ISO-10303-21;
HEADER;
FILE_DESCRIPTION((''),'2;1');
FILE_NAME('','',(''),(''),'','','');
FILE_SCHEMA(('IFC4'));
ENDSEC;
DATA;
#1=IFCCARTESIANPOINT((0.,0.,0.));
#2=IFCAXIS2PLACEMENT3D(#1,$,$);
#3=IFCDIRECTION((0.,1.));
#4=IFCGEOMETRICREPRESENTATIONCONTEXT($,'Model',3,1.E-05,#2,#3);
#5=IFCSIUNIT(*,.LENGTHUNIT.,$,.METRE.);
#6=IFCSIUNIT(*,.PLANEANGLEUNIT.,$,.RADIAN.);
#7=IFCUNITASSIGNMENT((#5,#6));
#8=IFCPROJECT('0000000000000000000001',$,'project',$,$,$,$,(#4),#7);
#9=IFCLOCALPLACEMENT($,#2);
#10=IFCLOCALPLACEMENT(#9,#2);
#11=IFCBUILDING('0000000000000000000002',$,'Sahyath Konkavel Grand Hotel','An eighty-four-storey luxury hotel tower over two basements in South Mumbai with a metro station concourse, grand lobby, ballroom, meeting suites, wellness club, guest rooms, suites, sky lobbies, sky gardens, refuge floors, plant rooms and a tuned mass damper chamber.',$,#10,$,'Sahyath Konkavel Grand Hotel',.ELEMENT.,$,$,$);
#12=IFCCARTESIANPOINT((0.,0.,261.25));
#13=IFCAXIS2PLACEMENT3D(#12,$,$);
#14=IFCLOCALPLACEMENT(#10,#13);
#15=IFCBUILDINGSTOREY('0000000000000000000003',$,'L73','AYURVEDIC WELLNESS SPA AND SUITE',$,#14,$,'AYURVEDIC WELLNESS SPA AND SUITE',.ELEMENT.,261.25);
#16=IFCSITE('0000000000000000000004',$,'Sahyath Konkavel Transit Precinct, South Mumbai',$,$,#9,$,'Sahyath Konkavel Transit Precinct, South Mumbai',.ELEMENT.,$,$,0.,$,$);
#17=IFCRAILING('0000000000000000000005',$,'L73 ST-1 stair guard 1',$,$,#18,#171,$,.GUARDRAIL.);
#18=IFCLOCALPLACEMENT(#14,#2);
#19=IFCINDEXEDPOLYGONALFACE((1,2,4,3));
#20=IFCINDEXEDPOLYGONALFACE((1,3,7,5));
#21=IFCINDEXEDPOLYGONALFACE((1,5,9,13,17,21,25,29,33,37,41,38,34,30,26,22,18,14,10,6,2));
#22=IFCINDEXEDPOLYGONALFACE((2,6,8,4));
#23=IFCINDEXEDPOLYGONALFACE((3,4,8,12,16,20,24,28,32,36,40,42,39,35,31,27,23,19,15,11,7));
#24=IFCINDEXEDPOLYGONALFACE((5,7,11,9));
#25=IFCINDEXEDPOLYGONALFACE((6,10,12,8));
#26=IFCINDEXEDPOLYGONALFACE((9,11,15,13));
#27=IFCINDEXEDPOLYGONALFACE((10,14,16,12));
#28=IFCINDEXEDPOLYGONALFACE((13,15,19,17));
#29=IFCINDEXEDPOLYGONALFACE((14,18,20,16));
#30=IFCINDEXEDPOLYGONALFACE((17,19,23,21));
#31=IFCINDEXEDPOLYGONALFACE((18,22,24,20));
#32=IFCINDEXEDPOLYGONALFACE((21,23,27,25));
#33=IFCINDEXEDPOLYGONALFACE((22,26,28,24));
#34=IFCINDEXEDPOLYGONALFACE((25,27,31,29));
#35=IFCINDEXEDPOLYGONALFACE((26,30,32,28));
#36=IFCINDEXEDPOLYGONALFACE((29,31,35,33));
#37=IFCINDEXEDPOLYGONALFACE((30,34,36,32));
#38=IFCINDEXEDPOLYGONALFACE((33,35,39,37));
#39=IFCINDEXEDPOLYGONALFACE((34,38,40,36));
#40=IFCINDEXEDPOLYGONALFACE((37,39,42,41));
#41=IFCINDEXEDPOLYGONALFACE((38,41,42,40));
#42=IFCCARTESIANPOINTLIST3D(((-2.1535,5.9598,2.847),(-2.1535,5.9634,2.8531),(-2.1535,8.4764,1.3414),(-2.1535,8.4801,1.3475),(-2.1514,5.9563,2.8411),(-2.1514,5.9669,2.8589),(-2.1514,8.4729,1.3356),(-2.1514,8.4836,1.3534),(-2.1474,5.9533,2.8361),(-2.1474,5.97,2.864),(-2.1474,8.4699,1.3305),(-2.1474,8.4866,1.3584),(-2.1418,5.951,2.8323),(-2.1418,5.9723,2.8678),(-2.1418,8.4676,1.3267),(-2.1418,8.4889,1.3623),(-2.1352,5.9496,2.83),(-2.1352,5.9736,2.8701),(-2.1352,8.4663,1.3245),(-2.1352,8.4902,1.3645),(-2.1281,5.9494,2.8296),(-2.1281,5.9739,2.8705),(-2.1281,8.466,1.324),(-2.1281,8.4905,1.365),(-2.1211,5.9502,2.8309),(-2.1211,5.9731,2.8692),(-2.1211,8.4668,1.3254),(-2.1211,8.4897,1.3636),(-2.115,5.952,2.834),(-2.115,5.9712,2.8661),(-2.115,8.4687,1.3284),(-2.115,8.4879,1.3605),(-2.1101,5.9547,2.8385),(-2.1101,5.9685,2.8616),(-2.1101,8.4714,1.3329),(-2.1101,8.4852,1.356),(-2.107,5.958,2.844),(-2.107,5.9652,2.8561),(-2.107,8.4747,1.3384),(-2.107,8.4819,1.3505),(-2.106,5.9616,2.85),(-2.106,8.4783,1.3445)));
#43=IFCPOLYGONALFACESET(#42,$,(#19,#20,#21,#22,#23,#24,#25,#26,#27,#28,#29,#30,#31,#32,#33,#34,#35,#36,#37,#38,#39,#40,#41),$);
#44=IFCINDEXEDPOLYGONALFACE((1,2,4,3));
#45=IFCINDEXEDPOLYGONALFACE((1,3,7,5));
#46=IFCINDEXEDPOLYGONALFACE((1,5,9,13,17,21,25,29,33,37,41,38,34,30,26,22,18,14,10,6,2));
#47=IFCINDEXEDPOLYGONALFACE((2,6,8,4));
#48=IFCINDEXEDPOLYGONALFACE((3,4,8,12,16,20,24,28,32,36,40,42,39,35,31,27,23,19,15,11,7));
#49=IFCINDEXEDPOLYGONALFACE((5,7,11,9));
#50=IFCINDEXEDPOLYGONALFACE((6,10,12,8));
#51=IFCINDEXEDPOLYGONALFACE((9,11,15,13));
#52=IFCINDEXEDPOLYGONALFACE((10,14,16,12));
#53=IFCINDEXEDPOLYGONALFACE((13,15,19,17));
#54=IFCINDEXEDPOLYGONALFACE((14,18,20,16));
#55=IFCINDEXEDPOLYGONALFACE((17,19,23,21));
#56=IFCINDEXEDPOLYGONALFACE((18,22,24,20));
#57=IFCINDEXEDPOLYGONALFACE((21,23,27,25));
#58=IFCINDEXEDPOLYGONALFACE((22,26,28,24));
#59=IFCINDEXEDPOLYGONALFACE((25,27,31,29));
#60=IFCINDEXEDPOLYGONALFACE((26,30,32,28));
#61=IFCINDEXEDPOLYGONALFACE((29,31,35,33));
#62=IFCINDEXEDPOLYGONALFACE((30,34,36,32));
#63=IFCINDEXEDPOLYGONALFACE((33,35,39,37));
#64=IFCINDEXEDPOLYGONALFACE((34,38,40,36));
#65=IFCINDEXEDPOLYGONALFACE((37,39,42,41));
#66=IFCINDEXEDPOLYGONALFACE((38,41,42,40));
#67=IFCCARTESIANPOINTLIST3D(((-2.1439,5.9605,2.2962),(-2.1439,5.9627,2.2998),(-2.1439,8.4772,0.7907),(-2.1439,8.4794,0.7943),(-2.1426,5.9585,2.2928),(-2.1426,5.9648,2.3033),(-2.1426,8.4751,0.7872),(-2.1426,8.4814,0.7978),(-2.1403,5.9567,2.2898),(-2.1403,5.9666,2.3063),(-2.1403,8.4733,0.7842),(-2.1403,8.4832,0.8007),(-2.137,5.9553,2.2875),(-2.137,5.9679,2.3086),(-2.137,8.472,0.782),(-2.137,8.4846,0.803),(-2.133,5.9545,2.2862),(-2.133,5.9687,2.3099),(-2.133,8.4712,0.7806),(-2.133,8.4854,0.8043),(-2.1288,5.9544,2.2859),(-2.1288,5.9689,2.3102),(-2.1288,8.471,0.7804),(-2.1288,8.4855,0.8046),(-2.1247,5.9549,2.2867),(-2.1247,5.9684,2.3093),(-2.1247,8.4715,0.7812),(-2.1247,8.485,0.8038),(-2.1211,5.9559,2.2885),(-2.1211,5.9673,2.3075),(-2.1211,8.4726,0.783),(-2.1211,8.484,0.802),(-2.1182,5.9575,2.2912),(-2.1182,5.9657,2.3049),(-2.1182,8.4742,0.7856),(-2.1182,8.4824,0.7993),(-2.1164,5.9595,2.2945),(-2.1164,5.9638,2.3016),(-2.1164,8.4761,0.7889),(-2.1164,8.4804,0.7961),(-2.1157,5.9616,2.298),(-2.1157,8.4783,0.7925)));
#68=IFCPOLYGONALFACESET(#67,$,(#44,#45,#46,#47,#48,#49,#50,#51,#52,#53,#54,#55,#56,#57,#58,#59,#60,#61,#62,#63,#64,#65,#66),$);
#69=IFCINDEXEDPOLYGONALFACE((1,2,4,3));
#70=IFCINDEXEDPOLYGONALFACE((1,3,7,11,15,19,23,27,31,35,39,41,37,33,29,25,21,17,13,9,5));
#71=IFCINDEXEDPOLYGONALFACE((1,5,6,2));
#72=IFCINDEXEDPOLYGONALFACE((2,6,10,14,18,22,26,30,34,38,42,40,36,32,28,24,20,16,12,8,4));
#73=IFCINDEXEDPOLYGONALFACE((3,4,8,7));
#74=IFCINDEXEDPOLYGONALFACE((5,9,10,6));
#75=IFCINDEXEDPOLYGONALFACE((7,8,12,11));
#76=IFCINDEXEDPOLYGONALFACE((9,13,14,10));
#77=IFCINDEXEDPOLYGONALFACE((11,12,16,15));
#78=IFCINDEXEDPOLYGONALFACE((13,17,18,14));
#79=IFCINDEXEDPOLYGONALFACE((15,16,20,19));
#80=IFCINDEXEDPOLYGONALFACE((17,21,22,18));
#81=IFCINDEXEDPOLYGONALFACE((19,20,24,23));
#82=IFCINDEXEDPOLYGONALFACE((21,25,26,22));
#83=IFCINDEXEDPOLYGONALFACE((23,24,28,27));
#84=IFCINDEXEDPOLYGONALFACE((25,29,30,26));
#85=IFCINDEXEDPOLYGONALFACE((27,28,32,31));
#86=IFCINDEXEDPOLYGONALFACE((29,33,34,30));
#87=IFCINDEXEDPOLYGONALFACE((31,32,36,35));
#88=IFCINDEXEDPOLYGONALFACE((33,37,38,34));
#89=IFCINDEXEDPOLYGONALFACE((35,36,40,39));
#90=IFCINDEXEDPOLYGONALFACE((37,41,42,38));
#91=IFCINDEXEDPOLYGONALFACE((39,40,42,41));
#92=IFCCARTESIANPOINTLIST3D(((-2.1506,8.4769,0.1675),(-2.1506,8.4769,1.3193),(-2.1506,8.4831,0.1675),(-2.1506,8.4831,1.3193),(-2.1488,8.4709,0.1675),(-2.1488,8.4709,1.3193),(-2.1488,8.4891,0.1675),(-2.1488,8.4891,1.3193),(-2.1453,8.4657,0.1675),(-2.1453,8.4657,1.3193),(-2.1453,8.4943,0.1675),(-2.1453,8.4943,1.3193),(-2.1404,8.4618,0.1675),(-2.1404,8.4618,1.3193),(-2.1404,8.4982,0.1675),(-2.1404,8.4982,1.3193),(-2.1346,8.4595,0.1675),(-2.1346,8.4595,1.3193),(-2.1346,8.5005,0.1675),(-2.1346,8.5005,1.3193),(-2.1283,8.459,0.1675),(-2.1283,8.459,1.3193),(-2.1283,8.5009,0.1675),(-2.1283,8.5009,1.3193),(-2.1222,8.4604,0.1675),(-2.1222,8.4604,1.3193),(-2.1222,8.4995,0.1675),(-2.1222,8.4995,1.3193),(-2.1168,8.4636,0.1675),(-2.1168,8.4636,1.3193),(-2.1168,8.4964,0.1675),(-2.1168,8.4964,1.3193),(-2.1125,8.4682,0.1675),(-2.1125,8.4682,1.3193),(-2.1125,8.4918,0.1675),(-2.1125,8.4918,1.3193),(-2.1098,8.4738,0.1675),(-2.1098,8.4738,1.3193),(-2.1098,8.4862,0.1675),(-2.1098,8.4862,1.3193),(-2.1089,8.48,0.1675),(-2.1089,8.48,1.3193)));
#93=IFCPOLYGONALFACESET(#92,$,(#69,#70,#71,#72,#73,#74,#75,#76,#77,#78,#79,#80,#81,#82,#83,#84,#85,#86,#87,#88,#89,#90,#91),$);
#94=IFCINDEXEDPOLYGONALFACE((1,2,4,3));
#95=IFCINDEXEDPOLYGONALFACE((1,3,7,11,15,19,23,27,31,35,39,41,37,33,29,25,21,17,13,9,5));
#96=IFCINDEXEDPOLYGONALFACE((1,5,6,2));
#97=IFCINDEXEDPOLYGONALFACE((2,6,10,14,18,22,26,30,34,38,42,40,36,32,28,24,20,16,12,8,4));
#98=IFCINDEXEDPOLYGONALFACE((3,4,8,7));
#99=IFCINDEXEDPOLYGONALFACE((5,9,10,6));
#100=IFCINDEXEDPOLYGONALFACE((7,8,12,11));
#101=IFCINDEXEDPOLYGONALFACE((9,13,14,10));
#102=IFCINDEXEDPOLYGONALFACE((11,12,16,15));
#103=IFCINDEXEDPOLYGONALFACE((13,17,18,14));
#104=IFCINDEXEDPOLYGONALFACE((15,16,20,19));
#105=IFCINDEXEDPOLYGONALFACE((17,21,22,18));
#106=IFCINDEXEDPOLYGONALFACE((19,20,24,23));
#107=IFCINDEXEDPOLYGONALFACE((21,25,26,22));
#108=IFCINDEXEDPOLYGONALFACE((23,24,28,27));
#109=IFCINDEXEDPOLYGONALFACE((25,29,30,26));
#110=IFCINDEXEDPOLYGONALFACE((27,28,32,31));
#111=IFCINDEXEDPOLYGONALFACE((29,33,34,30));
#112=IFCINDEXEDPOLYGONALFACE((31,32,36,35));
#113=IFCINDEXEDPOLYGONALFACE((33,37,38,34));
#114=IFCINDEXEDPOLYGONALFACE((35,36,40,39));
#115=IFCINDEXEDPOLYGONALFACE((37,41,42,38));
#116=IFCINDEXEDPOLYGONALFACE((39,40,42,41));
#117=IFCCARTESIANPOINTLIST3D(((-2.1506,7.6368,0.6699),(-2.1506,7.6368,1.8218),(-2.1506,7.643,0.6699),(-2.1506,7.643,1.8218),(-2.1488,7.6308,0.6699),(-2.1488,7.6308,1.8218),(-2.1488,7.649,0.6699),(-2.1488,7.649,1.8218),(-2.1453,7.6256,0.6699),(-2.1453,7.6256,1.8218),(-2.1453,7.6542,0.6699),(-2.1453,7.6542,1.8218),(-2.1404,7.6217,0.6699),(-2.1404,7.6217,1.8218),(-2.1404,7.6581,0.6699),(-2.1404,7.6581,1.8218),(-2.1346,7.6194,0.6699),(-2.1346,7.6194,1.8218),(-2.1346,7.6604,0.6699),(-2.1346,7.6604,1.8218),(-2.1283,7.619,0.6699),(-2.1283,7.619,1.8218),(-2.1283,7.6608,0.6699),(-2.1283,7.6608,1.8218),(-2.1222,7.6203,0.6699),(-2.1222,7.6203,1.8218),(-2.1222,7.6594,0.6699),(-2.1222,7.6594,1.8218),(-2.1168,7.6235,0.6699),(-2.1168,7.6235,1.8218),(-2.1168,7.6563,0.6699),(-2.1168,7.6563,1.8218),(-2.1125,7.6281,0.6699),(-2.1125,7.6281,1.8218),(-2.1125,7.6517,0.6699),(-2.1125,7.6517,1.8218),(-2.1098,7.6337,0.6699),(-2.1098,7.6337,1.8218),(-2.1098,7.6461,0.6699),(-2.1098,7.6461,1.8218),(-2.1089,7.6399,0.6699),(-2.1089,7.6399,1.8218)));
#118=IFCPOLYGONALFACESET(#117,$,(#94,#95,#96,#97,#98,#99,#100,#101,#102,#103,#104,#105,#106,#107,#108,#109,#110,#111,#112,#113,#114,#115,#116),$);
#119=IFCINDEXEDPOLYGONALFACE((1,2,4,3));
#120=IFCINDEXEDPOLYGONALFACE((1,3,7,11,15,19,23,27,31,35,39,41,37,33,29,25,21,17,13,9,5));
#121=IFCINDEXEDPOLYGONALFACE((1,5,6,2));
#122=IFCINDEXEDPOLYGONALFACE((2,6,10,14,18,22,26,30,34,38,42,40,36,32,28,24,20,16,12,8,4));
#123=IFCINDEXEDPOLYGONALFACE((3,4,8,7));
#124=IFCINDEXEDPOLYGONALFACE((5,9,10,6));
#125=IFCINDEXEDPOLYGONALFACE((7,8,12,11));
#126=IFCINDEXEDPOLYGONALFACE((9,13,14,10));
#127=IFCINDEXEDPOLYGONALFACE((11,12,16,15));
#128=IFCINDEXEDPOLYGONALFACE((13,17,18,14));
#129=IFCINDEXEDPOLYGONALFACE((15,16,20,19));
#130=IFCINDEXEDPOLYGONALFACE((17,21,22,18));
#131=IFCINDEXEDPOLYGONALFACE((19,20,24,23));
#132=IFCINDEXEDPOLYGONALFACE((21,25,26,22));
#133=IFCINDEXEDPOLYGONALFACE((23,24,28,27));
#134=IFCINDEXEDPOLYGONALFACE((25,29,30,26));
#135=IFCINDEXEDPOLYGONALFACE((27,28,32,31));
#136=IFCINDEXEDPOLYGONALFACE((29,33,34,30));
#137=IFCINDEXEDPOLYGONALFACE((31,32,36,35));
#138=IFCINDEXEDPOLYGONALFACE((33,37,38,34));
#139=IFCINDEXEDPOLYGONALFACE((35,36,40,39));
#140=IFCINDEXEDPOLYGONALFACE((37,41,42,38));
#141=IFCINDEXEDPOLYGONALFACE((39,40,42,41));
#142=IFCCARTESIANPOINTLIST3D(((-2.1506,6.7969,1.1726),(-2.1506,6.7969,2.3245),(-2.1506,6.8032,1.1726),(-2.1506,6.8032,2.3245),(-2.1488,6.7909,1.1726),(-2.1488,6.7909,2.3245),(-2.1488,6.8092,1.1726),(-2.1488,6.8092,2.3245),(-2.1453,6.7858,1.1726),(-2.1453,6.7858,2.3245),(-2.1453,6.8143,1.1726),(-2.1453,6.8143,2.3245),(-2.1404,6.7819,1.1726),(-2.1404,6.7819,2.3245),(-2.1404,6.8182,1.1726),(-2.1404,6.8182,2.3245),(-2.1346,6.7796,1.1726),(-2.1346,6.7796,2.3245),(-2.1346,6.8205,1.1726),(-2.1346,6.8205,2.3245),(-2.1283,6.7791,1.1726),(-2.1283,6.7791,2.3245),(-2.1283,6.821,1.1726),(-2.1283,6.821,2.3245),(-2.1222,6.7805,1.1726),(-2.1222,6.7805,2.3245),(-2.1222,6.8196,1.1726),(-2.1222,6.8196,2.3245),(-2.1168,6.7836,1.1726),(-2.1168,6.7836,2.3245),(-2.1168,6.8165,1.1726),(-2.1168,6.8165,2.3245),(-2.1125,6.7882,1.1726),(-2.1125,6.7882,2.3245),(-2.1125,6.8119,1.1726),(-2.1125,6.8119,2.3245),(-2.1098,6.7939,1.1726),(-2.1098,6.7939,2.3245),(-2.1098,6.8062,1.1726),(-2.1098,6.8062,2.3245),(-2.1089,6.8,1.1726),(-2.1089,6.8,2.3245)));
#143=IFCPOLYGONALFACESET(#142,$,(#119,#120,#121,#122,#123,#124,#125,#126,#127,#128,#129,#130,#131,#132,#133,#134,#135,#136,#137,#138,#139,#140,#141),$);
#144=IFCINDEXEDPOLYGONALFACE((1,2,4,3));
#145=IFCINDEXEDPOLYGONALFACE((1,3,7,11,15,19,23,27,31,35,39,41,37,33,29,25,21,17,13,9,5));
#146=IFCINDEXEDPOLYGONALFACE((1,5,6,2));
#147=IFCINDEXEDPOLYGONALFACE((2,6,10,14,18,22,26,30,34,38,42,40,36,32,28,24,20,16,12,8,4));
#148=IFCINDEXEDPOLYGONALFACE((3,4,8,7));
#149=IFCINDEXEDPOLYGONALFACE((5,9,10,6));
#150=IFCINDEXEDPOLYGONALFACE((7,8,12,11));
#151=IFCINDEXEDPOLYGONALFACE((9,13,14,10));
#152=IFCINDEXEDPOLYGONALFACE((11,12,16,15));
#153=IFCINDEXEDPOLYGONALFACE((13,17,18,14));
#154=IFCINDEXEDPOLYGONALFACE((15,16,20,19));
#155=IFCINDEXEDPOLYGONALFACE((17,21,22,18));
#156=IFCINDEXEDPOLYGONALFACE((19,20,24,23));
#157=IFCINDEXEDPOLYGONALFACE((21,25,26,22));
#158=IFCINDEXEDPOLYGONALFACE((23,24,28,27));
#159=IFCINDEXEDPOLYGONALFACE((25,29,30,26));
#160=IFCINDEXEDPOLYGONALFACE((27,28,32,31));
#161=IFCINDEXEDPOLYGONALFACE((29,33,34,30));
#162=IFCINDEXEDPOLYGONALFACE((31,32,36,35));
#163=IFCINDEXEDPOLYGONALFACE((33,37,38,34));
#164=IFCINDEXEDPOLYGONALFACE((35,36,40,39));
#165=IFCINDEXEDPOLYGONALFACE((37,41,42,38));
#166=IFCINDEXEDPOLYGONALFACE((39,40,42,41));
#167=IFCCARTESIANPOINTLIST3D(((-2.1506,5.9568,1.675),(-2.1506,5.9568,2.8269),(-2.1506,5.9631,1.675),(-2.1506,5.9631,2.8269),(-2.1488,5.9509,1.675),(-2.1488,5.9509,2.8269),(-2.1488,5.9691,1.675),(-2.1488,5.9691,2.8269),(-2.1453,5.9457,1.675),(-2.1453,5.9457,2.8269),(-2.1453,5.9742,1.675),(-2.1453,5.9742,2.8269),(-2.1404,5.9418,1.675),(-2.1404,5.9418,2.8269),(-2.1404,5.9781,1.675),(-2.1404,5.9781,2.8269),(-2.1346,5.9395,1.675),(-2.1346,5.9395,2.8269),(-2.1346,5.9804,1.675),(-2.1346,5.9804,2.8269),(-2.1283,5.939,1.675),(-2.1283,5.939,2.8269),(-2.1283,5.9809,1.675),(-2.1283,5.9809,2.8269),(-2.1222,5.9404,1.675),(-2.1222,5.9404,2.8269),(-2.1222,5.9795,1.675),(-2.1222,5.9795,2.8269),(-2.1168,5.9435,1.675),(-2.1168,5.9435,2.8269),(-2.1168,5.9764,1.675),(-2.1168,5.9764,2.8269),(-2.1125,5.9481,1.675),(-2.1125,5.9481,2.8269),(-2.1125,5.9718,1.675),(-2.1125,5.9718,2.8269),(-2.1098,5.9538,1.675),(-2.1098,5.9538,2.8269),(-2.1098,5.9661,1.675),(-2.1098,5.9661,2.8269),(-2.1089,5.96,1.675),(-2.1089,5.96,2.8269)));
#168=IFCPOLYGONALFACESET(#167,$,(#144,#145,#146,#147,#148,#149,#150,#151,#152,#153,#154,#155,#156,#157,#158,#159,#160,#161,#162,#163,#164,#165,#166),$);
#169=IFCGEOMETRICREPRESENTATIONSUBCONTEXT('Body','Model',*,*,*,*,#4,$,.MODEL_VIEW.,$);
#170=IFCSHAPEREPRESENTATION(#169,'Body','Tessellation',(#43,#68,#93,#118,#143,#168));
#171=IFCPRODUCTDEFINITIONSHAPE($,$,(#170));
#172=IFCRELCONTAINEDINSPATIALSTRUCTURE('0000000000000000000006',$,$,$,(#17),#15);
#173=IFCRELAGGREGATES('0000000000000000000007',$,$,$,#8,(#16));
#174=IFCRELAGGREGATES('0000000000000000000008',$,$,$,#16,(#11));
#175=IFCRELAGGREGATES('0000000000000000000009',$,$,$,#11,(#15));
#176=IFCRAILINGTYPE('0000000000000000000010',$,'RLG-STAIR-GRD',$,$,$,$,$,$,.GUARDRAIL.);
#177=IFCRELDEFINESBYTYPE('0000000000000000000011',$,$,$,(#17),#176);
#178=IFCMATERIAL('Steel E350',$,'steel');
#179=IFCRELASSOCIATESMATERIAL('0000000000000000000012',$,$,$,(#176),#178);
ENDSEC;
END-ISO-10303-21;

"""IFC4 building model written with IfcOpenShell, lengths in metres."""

from ifc_helpers import new_model, si_unit, direction, frame, origin, origin_2d, place, context, subcontext, project, spatial, circle, extrude, material, type_object, element, save


model = new_model("IFC4")

# Units and contexts
model_context = context("Model", 3, precision=1e-05, world=origin(), true_north=direction((0.0, 1.0)))
body_context = subcontext(model_context, "Body", "Model", "MODEL_VIEW")
ifc_project = project(units=[si_unit("LENGTHUNIT", "METRE"), si_unit("PLANEANGLEUNIT", "RADIAN")], contexts=[model_context])

# Site, building, storey
site_placement = place(None, origin())
site = spatial("IfcSite", under=ifc_project, at=site_placement, Name="Sahyath Konkavel Transit Precinct, South Mumbai", LongName="Sahyath Konkavel Transit Precinct, South Mumbai", CompositionType="ELEMENT", RefElevation=0.0)
building_placement = place(site_placement, origin())
building = spatial("IfcBuilding", under=site, at=building_placement, Name="Sahyath Konkavel Grand Hotel", Description="An eighty-four-storey luxury hotel tower over two basements in South Mumbai with a metro station concourse, grand lobby, ballroom, meeting suites, wellness club, guest rooms, suites, sky lobbies, sky gardens, refuge floors, plant rooms and a tuned mass damper chamber.", LongName="Sahyath Konkavel Grand Hotel", CompositionType="ELEMENT")
storey_placement = place(building_placement, frame((0.0, 0.0, 261.25)))
storey = spatial("IfcBuildingStorey", under=building, at=storey_placement, Name="L73", Description="AYURVEDIC WELLNESS SPA AND SUITE", LongName="AYURVEDIC WELLNESS SPA AND SUITE", CompositionType="ELEMENT", Elevation=261.25)

# Shared definitions
ifc_material_1 = material(Name="Steel E350", Category="steel")

# Railing
railing_type = type_object("IfcRailingType", Name="RLG-STAIR-GRD", PredefinedType="GUARDRAIL", material=ifc_material_1)
railing_1_placement = place(storey_placement, frame((-2.1299, 8.48, 0.1675)))
element("IfcRailing", 1, at=railing_1_placement, inside=storey, type_object=railing_type, Name="L73 ST-1 stair guard 1", PredefinedType="GUARDRAIL", context=body_context, shape_type="SweptSolid", body=[
    extrude(circle(Radius=0.0239, at=origin_2d()), frame((0.0, -0.0017, 1.177), z_axis=(0.0, -0.85816, 0.513383), x_axis=(1.0, 0.0, 0.0)), (0.0, 0.0, 1.0), 2.9326),
    extrude(circle(Radius=0.0142, at=origin_2d()), frame((0.0, -0.0017, 0.625), z_axis=(0.0, -0.85816, 0.513383), x_axis=(1.0, 0.0, 0.0)), (0.0, 0.0, 1.0), 2.9326),
    extrude(circle(Radius=0.021, at=origin_2d()), origin(), (0.0, 0.0, 1.0), 1.1519),
    extrude(circle(Radius=0.021, at=origin_2d()), frame((0.0, -0.8401, 0.5024)), (0.0, 0.0, 1.0), 1.1519),
    extrude(circle(Radius=0.021, at=origin_2d()), frame((0.0, -1.6799, 1.0051)), (0.0, 0.0, 1.0), 1.1519),
    extrude(circle(Radius=0.021, at=origin_2d()), frame((0.0, -2.52, 1.5076)), (0.0, 0.0, 1.0), 1.1519),
])

save(model, "model.ifc")
